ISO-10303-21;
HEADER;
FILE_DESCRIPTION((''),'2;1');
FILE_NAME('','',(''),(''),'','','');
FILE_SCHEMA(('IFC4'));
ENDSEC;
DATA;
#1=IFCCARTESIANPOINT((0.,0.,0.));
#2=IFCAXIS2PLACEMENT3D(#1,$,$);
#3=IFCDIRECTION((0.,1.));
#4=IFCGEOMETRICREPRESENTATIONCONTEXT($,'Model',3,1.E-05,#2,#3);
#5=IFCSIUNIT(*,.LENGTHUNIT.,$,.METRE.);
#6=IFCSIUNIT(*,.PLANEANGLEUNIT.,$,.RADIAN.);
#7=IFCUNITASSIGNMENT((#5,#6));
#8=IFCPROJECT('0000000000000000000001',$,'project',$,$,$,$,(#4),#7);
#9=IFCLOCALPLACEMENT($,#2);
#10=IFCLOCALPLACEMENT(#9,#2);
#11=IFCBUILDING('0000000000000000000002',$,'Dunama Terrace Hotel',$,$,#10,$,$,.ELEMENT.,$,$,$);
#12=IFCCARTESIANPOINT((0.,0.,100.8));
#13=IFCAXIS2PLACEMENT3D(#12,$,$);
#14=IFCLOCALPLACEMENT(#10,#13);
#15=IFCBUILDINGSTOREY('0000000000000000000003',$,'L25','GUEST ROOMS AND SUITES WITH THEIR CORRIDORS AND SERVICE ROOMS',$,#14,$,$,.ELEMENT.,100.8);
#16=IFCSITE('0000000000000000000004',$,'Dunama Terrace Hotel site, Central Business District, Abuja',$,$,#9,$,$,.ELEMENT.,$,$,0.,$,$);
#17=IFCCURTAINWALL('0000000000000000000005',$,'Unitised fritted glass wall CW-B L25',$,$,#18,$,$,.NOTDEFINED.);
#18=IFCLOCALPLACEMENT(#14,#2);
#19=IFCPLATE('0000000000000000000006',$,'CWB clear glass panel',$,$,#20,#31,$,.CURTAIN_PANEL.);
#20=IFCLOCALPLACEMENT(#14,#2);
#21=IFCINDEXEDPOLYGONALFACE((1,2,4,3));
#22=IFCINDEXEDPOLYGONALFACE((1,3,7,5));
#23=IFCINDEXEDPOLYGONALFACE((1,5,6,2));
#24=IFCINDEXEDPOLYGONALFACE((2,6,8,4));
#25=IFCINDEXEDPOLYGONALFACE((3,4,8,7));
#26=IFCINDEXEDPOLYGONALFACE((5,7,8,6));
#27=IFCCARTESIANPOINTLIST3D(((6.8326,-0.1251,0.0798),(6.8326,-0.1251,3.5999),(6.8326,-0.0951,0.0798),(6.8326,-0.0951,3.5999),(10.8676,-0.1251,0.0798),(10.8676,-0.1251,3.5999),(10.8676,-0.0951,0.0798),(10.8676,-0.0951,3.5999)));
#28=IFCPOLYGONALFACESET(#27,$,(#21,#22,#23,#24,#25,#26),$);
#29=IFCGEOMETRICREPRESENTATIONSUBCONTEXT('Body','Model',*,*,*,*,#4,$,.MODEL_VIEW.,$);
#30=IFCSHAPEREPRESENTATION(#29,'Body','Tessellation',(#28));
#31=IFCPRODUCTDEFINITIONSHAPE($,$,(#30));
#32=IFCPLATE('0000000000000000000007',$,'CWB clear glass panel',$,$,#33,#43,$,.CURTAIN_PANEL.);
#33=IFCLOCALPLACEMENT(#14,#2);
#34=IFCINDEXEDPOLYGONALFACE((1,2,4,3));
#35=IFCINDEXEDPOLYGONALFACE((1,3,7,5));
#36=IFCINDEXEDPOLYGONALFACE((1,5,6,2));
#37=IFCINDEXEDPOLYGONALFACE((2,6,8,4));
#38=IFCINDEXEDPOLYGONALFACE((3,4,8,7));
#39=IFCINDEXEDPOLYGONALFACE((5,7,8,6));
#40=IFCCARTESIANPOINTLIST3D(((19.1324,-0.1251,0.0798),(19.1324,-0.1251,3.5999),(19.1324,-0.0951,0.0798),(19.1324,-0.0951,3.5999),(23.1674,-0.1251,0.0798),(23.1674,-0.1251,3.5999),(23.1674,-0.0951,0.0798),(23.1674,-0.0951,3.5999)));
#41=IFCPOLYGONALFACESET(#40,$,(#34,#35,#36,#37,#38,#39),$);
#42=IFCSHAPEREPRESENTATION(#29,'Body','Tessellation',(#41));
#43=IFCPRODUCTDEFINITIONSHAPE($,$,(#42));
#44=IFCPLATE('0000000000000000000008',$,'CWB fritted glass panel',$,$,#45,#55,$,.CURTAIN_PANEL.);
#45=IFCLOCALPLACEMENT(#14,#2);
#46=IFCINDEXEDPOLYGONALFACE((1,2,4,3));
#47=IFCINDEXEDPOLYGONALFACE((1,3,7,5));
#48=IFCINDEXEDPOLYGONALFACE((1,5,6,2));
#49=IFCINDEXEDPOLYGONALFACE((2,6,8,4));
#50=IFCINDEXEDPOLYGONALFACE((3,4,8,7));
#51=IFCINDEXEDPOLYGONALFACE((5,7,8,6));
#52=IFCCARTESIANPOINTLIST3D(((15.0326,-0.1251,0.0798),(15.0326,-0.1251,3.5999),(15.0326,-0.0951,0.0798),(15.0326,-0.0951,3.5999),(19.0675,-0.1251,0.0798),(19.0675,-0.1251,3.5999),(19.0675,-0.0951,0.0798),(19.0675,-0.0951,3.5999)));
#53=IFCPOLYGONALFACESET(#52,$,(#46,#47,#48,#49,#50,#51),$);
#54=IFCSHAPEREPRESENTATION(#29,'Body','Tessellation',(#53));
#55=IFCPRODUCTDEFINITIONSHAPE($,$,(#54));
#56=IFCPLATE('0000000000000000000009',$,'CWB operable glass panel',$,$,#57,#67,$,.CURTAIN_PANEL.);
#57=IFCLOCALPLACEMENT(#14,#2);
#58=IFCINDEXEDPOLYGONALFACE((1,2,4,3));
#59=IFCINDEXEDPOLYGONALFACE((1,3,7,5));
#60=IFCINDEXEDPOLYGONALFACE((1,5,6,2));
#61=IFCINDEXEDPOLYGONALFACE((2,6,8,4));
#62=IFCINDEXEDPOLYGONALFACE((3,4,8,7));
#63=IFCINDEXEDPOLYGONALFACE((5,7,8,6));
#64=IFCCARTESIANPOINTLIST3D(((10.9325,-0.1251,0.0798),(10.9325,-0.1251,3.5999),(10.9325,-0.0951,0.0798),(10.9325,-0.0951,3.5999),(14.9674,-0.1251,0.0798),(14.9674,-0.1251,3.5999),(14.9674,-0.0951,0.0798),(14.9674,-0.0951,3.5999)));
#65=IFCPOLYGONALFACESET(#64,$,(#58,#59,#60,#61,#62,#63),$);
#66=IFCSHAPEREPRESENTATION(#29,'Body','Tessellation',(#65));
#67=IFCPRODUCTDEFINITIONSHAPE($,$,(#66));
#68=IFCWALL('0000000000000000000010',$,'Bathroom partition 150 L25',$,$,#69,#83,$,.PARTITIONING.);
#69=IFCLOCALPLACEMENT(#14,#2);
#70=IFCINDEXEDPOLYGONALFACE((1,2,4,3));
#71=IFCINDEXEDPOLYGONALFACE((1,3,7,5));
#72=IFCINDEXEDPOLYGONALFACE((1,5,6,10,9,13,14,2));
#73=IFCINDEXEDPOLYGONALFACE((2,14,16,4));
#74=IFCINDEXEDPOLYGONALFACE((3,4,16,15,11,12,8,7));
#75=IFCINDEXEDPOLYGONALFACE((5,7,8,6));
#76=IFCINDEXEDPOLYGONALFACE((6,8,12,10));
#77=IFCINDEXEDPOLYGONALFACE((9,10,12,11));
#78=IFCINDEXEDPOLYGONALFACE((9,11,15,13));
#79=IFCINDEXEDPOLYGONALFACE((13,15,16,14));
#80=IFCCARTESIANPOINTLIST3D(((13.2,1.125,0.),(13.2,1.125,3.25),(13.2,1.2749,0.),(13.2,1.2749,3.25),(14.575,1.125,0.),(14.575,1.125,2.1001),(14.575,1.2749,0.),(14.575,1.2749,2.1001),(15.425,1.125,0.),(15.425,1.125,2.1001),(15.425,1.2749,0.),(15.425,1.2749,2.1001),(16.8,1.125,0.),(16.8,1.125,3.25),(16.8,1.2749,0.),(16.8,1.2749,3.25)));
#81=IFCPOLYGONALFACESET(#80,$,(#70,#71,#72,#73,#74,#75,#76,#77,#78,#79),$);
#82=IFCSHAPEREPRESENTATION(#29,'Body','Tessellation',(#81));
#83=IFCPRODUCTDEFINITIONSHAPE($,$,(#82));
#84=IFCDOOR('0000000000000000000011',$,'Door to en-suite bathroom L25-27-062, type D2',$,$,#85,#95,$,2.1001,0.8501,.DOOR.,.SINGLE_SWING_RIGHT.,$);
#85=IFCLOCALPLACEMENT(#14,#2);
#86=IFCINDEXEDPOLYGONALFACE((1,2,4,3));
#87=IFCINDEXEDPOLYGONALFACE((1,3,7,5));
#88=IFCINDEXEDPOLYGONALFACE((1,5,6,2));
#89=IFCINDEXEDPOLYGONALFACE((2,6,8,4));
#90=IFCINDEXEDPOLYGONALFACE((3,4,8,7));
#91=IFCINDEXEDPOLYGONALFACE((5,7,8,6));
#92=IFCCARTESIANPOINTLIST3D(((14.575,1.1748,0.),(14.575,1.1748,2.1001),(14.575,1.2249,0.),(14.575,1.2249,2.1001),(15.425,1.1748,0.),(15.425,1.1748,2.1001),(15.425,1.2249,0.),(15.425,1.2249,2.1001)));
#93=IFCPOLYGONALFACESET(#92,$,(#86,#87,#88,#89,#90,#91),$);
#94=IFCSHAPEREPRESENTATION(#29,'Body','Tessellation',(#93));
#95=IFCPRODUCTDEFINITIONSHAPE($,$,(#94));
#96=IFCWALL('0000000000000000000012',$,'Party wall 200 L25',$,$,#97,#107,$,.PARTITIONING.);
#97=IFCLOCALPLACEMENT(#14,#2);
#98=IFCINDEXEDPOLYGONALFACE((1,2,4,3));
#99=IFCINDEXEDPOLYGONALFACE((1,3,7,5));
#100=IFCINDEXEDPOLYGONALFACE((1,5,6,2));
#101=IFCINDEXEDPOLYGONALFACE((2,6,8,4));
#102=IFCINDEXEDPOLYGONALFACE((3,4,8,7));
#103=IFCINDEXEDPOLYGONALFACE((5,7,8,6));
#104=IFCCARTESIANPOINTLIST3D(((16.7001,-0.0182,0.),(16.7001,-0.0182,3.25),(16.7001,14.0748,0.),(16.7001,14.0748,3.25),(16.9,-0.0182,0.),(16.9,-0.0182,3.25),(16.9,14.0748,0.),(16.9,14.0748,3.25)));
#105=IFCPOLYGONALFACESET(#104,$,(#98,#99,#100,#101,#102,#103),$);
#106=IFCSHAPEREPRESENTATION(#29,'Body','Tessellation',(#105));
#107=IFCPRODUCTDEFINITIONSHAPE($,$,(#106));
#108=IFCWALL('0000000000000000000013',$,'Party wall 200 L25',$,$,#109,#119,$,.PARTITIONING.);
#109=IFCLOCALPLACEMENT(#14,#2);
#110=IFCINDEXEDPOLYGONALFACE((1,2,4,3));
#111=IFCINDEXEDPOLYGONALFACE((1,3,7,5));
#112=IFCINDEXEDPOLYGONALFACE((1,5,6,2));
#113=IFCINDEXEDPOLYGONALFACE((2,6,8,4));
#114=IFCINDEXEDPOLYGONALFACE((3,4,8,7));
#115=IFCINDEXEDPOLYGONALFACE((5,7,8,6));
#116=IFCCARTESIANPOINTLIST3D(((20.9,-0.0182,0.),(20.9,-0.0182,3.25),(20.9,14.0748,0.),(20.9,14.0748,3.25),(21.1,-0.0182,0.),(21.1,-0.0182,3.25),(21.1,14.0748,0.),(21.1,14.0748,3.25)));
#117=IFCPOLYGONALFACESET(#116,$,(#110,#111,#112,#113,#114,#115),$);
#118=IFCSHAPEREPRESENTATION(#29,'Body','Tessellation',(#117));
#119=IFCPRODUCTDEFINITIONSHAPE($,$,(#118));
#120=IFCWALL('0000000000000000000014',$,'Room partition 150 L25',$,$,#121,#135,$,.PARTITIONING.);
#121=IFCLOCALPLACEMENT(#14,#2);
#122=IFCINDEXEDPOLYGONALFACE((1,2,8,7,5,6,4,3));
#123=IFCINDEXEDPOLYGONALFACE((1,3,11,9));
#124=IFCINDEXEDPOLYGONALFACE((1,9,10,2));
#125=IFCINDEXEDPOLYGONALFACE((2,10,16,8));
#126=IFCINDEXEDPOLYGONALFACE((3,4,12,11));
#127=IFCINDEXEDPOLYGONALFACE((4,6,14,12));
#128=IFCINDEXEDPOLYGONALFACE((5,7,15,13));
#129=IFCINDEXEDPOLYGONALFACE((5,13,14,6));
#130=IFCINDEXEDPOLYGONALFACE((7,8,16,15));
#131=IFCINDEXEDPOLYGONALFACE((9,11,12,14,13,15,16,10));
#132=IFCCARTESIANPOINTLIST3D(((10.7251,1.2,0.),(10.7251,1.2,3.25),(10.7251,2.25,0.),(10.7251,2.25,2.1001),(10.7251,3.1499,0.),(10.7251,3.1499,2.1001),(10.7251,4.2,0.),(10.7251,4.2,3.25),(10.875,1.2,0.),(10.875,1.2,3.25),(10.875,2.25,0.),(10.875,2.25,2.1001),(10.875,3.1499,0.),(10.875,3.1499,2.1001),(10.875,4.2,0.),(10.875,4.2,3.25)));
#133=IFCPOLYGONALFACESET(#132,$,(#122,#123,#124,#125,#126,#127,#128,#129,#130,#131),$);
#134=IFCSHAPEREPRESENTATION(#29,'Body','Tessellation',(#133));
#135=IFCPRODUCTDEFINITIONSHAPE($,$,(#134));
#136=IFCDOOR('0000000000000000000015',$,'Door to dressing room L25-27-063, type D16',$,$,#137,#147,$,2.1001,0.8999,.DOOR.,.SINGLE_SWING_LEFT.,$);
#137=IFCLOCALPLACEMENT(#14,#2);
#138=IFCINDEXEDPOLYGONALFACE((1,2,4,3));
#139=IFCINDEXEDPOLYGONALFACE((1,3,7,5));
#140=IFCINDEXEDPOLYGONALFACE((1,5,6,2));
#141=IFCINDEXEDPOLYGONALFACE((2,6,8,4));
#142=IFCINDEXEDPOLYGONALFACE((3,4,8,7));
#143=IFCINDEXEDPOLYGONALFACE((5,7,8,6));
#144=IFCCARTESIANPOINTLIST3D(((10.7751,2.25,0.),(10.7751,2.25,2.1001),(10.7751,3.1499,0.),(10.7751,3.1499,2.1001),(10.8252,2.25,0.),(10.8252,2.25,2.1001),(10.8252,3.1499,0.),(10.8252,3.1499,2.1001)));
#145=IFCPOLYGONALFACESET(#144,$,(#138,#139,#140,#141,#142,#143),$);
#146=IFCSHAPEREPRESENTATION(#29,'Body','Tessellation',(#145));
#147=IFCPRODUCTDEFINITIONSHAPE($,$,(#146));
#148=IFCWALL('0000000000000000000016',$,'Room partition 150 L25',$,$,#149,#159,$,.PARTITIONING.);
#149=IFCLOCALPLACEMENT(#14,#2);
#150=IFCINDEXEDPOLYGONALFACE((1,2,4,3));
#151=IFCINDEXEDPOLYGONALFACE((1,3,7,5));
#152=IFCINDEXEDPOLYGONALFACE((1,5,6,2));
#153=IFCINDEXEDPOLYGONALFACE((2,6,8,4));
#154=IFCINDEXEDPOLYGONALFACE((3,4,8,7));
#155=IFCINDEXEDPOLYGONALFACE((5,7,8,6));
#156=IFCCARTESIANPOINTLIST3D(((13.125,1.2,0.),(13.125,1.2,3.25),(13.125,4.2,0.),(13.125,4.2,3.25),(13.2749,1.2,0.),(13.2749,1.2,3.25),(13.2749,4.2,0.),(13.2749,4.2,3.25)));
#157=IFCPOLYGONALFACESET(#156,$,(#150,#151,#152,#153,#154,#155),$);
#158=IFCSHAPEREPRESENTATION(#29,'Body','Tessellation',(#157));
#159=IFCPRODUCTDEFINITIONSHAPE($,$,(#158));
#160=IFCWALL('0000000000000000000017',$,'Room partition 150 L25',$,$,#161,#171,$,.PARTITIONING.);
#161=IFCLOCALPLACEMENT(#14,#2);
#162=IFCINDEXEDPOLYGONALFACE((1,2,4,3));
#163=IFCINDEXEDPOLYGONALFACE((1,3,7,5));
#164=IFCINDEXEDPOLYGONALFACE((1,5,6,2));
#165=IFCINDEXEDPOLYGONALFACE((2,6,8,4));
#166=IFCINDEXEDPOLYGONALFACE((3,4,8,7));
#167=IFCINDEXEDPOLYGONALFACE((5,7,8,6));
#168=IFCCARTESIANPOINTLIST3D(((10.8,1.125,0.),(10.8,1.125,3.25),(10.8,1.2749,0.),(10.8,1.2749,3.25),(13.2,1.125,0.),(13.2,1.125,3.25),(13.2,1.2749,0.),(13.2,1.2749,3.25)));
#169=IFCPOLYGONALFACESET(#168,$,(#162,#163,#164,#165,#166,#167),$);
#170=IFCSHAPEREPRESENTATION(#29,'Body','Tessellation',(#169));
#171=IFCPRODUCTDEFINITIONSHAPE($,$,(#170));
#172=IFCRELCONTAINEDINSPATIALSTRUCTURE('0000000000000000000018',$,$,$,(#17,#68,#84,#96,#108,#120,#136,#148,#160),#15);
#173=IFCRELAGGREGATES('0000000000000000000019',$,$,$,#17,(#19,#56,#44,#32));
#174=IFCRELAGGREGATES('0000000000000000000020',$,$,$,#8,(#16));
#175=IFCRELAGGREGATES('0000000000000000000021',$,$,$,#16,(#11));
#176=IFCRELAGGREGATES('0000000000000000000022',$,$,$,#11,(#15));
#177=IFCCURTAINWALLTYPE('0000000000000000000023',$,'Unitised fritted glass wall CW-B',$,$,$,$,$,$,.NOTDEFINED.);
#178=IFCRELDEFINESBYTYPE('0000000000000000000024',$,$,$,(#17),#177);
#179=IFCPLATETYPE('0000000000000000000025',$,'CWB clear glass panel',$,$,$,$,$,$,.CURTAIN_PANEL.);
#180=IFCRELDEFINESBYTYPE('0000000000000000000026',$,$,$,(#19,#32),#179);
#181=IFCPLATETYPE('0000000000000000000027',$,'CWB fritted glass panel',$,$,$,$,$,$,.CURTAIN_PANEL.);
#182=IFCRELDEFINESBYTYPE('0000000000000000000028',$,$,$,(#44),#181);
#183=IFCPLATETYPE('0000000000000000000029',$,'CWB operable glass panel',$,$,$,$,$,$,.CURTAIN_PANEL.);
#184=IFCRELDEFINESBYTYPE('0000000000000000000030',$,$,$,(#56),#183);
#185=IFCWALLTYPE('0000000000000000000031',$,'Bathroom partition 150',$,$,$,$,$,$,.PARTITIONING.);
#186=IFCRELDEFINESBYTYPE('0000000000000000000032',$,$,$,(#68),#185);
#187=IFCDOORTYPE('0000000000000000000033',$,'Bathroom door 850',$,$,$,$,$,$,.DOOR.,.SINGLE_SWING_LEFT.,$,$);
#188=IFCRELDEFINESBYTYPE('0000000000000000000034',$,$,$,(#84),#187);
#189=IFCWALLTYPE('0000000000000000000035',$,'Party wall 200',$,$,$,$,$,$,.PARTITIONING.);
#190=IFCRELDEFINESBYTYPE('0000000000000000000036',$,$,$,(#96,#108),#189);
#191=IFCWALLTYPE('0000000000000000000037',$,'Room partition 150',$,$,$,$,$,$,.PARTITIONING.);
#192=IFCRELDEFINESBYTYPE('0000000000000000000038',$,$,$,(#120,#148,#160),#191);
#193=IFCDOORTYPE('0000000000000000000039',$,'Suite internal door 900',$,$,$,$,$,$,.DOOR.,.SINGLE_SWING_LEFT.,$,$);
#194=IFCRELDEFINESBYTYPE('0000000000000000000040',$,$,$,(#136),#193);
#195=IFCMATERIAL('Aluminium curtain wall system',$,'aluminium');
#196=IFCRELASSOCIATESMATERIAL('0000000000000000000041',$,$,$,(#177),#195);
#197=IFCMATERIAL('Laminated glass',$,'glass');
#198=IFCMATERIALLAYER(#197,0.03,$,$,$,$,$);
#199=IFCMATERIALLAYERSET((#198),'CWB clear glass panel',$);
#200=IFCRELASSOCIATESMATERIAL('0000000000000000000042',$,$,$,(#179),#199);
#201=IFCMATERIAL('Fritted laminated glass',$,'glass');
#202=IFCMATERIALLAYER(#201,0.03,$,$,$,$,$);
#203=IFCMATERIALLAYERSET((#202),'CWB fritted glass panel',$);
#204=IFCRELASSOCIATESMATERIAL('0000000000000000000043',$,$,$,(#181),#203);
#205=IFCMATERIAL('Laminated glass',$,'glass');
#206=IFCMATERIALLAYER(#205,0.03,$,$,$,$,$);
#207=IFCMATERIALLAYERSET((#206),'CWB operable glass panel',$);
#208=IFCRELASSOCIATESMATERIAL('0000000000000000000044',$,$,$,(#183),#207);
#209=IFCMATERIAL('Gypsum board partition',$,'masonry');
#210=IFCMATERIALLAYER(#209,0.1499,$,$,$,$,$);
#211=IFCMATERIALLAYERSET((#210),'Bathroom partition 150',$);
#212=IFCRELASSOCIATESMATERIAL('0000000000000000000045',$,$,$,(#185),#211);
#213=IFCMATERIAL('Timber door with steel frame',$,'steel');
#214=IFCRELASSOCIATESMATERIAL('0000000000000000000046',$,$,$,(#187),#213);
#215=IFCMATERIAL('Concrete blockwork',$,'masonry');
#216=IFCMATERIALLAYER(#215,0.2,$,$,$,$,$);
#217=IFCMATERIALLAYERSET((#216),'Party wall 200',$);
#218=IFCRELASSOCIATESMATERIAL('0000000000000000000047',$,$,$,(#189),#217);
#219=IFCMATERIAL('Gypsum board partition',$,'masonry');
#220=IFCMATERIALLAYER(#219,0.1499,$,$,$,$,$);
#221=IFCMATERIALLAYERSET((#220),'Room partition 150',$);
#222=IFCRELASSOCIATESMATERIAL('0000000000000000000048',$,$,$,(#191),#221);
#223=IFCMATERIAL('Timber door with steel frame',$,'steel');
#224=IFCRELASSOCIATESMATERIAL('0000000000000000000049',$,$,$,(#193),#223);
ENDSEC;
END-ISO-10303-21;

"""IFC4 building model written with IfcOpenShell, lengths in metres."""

from ifc_helpers import new_model, si_unit, direction, frame, frame_2d, origin, origin_2d, place, context, subcontext, project, spatial, rectangle, extrude, material, layer, layer_set, type_object, element, fill, aggregate, save


model = new_model("IFC4")

# Units and contexts
model_context = context("Model", 3, precision=1e-05, world=origin(), true_north=direction((0.0, 1.0)))
body_context = subcontext(model_context, "Body", "Model", "MODEL_VIEW")
ifc_project = project(units=[si_unit("LENGTHUNIT", "METRE"), si_unit("PLANEANGLEUNIT", "RADIAN")], contexts=[model_context])

# Site, building, storey
site_placement = place(None, origin())
site = spatial("IfcSite", under=ifc_project, at=site_placement, Name="Dunama Terrace Hotel site, Central Business District, Abuja", CompositionType="ELEMENT", RefElevation=0.0)
building_placement = place(site_placement, origin())
building = spatial("IfcBuilding", under=site, at=building_placement, Name="Dunama Terrace Hotel", CompositionType="ELEMENT")
storey_placement = place(building_placement, frame((0.0, 0.0, 100.8)))
storey = spatial("IfcBuildingStorey", under=building, at=storey_placement, Name="L25", Description="GUEST ROOMS AND SUITES WITH THEIR CORRIDORS AND SERVICE ROOMS", CompositionType="ELEMENT", Elevation=100.8)

# Curtain wall
ifc_material_1 = material(Name="Aluminium curtain wall system", Category="aluminium")
curtain_wall_type = type_object("IfcCurtainWallType", Name="Unitised fritted glass wall CW-B", PredefinedType="NOTDEFINED", material=ifc_material_1)
curtain_wall_placement = place(storey_placement, origin())
curtain_wall = element("IfcCurtainWall", 1, at=curtain_wall_placement, inside=storey, type_object=curtain_wall_type, Name="Unitised fritted glass wall CW-B L25", PredefinedType="NOTDEFINED")

# Plates
ifc_material_2 = material(Name="Laminated glass", Category="glass")
ifc_layer_1 = layer(ifc_material_2, 0.03)
ifc_layer_set_1 = layer_set([ifc_layer_1], Name="CWB clear glass panel")
plate_type_1 = type_object("IfcPlateType", Name="CWB clear glass panel", PredefinedType="CURTAIN_PANEL", material=ifc_layer_set_1)
plate_1_placement = place(storey_placement, frame((8.8501, -0.1101, 0.0798), z_axis=(0.0, 0.0, 1.0), x_axis=(1.0, 0.0, 0.0)))
plate_1 = element("IfcPlate", 2, at=plate_1_placement, type_object=plate_type_1, Name="CWB clear glass panel", PredefinedType="CURTAIN_PANEL", context=body_context, shape_type="SweptSolid", body=[
    extrude(rectangle(XDim=4.0349, YDim=0.03, at=origin_2d()), origin(), (0.0, 0.0, 1.0), 3.52),
])
plate_2_placement = place(storey_placement, frame((21.1499, -0.1101, 0.0798), z_axis=(0.0, 0.0, 1.0), x_axis=(1.0, 0.0, 0.0)))
plate_2 = element("IfcPlate", 3, at=plate_2_placement, type_object=plate_type_1, Name="CWB clear glass panel", PredefinedType="CURTAIN_PANEL", context=body_context, shape_type="SweptSolid", body=[
    extrude(rectangle(XDim=4.0349, YDim=0.03, at=origin_2d()), origin(), (0.0, 0.0, 1.0), 3.52),
])
ifc_material_3 = material(Name="Fritted laminated glass", Category="glass")
ifc_layer_2 = layer(ifc_material_3, 0.03)
ifc_layer_set_2 = layer_set([ifc_layer_2], Name="CWB fritted glass panel")
plate_type_2 = type_object("IfcPlateType", Name="CWB fritted glass panel", PredefinedType="CURTAIN_PANEL", material=ifc_layer_set_2)
plate_3_placement = place(storey_placement, frame((17.05, -0.1101, 0.0798), z_axis=(0.0, 0.0, 1.0), x_axis=(1.0, 0.0, 0.0)))
plate_3 = element("IfcPlate", 4, at=plate_3_placement, type_object=plate_type_2, Name="CWB fritted glass panel", PredefinedType="CURTAIN_PANEL", context=body_context, shape_type="SweptSolid", body=[
    extrude(rectangle(XDim=4.0349, YDim=0.03, at=origin_2d()), origin(), (0.0, 0.0, 1.0), 3.52),
])
ifc_material_4 = material(Name="Laminated glass", Category="glass")
ifc_layer_3 = layer(ifc_material_4, 0.03)
ifc_layer_set_3 = layer_set([ifc_layer_3], Name="CWB operable glass panel")
plate_type_3 = type_object("IfcPlateType", Name="CWB operable glass panel", PredefinedType="CURTAIN_PANEL", material=ifc_layer_set_3)
plate_4_placement = place(storey_placement, frame((12.95, -0.1101, 0.0798), z_axis=(0.0, 0.0, 1.0), x_axis=(1.0, 0.0, 0.0)))
plate_4 = element("IfcPlate", 5, at=plate_4_placement, type_object=plate_type_3, Name="CWB operable glass panel", PredefinedType="CURTAIN_PANEL", context=body_context, shape_type="SweptSolid", body=[
    extrude(rectangle(XDim=4.0349, YDim=0.03, at=origin_2d()), origin(), (0.0, 0.0, 1.0), 3.52),
])
aggregate(curtain_wall, [plate_1, plate_4, plate_3, plate_2])

# Wall, opening, door
ifc_material_5 = material(Name="Gypsum board partition", Category="masonry")
ifc_layer_4 = layer(ifc_material_5, 0.1499)
ifc_layer_set_4 = layer_set([ifc_layer_4], Name="Bathroom partition 150")
wall_type_1 = type_object("IfcWallType", Name="Bathroom partition 150", PredefinedType="PARTITIONING", material=ifc_layer_set_4)
wall_1_placement = place(storey_placement, frame((13.2, 1.2, 0.0), z_axis=(0.0, 0.0, 1.0), x_axis=(1.0, 0.0, 0.0)))
wall_1 = element("IfcWall", 6, at=wall_1_placement, inside=storey, type_object=wall_type_1, Name="Bathroom partition 150 L25", PredefinedType="PARTITIONING", context=body_context, shape_type="SweptSolid", body=[
    extrude(rectangle(XDim=3.6001, YDim=0.1499, at=frame_2d((1.8, 0.0))), origin(), (0.0, 0.0, 1.0), 3.25),
])
opening_1_placement = place(wall_1_placement, frame((1.375, 0.0, 0.0)))
opening_1 = element("IfcOpeningElement", 7, at=opening_1_placement, cuts=wall_1, PredefinedType="OPENING", context=body_context, shape_type="SweptSolid", body=[
    extrude(rectangle(XDim=0.8501, YDim=2.1001, at=frame_2d((0.425, 1.05))), frame((0.0, 0.085, 0.0), z_axis=(0.0, -1.0, 0.0), x_axis=(1.0, 0.0, 0.0)), (0.0, 0.0, 1.0), 0.1699),
])
ifc_material_6 = material(Name="Timber door with steel frame", Category="steel")
door_type_1 = type_object("IfcDoorType", Name="Bathroom door 850", OperationType="SINGLE_SWING_LEFT", PredefinedType="DOOR", material=ifc_material_6)
door_1_placement = place(opening_1_placement, origin())
door_1 = element("IfcDoor", 8, at=door_1_placement, inside=storey, type_object=door_type_1, Name="Door to en-suite bathroom L25-27-062, type D2", OperationType="SINGLE_SWING_RIGHT", OverallHeight=2.1001, OverallWidth=0.8501, PredefinedType="DOOR", context=body_context, shape_type="SweptSolid", body=[
    extrude(rectangle(XDim=0.8501, YDim=2.1001, at=frame_2d((0.425, 1.05))), frame((0.0, 0.0249, 0.0), z_axis=(0.0, -1.0, 0.0), x_axis=(1.0, 0.0, 0.0)), (0.0, 0.0, 1.0), 0.05),
])
fill(opening_1, door_1)

# Walls
ifc_material_7 = material(Name="Concrete blockwork", Category="masonry")
ifc_layer_5 = layer(ifc_material_7, 0.2)
ifc_layer_set_5 = layer_set([ifc_layer_5], Name="Party wall 200")
wall_type_2 = type_object("IfcWallType", Name="Party wall 200", PredefinedType="PARTITIONING", material=ifc_layer_set_5)
for number, where, z_axis, x_axis, name in (
    (9, (16.8, -0.0181, 0.0), (0.0, 0.0, 1.0), (0.0, 1.0, 0.0), "Party wall 200 L25"),
    (10, (21.0, -0.0181, 0.0), (0.0, 0.0, 1.0), (0.0, 1.0, 0.0), "Party wall 200 L25"),
):
    element("IfcWall", number, at=place(storey_placement, frame(where, z_axis=z_axis, x_axis=x_axis)), inside=storey, type_object=wall_type_2, Name=name, PredefinedType="PARTITIONING", context=body_context, shape_type="SweptSolid", body=[
        extrude(rectangle(XDim=14.093, YDim=0.2, at=frame_2d((7.0464, 0.0))), origin(), (0.0, 0.0, 1.0), 3.25),
    ])

# Wall, opening, door
ifc_material_8 = material(Name="Gypsum board partition", Category="masonry")
ifc_layer_6 = layer(ifc_material_8, 0.1499)
ifc_layer_set_6 = layer_set([ifc_layer_6], Name="Room partition 150")
wall_type_3 = type_object("IfcWallType", Name="Room partition 150", PredefinedType="PARTITIONING", material=ifc_layer_set_6)
wall_2_placement = place(storey_placement, frame((10.8, 1.2, 0.0), z_axis=(0.0, 0.0, 1.0), x_axis=(0.0, 1.0, 0.0)))
wall_2 = element("IfcWall", 11, at=wall_2_placement, inside=storey, type_object=wall_type_3, Name="Room partition 150 L25", PredefinedType="PARTITIONING", context=body_context, shape_type="SweptSolid", body=[
    extrude(rectangle(XDim=3.0, YDim=0.1499, at=frame_2d((1.5, 0.0))), origin(), (0.0, 0.0, 1.0), 3.25),
])
opening_2_placement = place(wall_2_placement, frame((1.05, 0.0, 0.0)))
opening_2 = element("IfcOpeningElement", 12, at=opening_2_placement, cuts=wall_2, PredefinedType="OPENING", context=body_context, shape_type="SweptSolid", body=[
    extrude(rectangle(XDim=0.8999, YDim=2.1001, at=frame_2d((0.45, 1.05))), frame((0.0, 0.085, 0.0), z_axis=(0.0, -1.0, 0.0), x_axis=(1.0, 0.0, 0.0)), (0.0, 0.0, 1.0), 0.1699),
])
ifc_material_9 = material(Name="Timber door with steel frame", Category="steel")
door_type_2 = type_object("IfcDoorType", Name="Suite internal door 900", OperationType="SINGLE_SWING_LEFT", PredefinedType="DOOR", material=ifc_material_9)
door_2_placement = place(opening_2_placement, frame((0.8999, 0.0, 0.0), z_axis=(0.0, 0.0, 1.0), x_axis=(-1.0, 0.0, 0.0)))
door_2 = element("IfcDoor", 13, at=door_2_placement, inside=storey, type_object=door_type_2, Name="Door to dressing room L25-27-063, type D16", OperationType="SINGLE_SWING_LEFT", OverallHeight=2.1001, OverallWidth=0.8999, PredefinedType="DOOR", context=body_context, shape_type="SweptSolid", body=[
    extrude(rectangle(XDim=0.8999, YDim=2.1001, at=frame_2d((0.45, 1.05))), frame((0.0, 0.0251, 0.0), z_axis=(0.0, -1.0, 0.0), x_axis=(1.0, 0.0, 0.0)), (0.0, 0.0, 1.0), 0.05),
])
fill(opening_2, door_2)

# Walls
wall_3_placement = place(storey_placement, frame((13.2, 1.2, 0.0), z_axis=(0.0, 0.0, 1.0), x_axis=(0.0, 1.0, 0.0)))
element("IfcWall", 14, at=wall_3_placement, inside=storey, type_object=wall_type_3, Name="Room partition 150 L25", PredefinedType="PARTITIONING", context=body_context, shape_type="SweptSolid", body=[
    extrude(rectangle(XDim=3.0, YDim=0.1499, at=frame_2d((1.5, 0.0))), origin(), (0.0, 0.0, 1.0), 3.25),
])
wall_4_placement = place(storey_placement, frame((10.8, 1.2, 0.0), z_axis=(0.0, 0.0, 1.0), x_axis=(1.0, 0.0, 0.0)))
element("IfcWall", 15, at=wall_4_placement, inside=storey, type_object=wall_type_3, Name="Room partition 150 L25", PredefinedType="PARTITIONING", context=body_context, shape_type="SweptSolid", body=[
    extrude(rectangle(XDim=2.3999, YDim=0.1499, at=frame_2d((1.2, 0.0))), origin(), (0.0, 0.0, 1.0), 3.25),
])

save(model, "model.ifc")
